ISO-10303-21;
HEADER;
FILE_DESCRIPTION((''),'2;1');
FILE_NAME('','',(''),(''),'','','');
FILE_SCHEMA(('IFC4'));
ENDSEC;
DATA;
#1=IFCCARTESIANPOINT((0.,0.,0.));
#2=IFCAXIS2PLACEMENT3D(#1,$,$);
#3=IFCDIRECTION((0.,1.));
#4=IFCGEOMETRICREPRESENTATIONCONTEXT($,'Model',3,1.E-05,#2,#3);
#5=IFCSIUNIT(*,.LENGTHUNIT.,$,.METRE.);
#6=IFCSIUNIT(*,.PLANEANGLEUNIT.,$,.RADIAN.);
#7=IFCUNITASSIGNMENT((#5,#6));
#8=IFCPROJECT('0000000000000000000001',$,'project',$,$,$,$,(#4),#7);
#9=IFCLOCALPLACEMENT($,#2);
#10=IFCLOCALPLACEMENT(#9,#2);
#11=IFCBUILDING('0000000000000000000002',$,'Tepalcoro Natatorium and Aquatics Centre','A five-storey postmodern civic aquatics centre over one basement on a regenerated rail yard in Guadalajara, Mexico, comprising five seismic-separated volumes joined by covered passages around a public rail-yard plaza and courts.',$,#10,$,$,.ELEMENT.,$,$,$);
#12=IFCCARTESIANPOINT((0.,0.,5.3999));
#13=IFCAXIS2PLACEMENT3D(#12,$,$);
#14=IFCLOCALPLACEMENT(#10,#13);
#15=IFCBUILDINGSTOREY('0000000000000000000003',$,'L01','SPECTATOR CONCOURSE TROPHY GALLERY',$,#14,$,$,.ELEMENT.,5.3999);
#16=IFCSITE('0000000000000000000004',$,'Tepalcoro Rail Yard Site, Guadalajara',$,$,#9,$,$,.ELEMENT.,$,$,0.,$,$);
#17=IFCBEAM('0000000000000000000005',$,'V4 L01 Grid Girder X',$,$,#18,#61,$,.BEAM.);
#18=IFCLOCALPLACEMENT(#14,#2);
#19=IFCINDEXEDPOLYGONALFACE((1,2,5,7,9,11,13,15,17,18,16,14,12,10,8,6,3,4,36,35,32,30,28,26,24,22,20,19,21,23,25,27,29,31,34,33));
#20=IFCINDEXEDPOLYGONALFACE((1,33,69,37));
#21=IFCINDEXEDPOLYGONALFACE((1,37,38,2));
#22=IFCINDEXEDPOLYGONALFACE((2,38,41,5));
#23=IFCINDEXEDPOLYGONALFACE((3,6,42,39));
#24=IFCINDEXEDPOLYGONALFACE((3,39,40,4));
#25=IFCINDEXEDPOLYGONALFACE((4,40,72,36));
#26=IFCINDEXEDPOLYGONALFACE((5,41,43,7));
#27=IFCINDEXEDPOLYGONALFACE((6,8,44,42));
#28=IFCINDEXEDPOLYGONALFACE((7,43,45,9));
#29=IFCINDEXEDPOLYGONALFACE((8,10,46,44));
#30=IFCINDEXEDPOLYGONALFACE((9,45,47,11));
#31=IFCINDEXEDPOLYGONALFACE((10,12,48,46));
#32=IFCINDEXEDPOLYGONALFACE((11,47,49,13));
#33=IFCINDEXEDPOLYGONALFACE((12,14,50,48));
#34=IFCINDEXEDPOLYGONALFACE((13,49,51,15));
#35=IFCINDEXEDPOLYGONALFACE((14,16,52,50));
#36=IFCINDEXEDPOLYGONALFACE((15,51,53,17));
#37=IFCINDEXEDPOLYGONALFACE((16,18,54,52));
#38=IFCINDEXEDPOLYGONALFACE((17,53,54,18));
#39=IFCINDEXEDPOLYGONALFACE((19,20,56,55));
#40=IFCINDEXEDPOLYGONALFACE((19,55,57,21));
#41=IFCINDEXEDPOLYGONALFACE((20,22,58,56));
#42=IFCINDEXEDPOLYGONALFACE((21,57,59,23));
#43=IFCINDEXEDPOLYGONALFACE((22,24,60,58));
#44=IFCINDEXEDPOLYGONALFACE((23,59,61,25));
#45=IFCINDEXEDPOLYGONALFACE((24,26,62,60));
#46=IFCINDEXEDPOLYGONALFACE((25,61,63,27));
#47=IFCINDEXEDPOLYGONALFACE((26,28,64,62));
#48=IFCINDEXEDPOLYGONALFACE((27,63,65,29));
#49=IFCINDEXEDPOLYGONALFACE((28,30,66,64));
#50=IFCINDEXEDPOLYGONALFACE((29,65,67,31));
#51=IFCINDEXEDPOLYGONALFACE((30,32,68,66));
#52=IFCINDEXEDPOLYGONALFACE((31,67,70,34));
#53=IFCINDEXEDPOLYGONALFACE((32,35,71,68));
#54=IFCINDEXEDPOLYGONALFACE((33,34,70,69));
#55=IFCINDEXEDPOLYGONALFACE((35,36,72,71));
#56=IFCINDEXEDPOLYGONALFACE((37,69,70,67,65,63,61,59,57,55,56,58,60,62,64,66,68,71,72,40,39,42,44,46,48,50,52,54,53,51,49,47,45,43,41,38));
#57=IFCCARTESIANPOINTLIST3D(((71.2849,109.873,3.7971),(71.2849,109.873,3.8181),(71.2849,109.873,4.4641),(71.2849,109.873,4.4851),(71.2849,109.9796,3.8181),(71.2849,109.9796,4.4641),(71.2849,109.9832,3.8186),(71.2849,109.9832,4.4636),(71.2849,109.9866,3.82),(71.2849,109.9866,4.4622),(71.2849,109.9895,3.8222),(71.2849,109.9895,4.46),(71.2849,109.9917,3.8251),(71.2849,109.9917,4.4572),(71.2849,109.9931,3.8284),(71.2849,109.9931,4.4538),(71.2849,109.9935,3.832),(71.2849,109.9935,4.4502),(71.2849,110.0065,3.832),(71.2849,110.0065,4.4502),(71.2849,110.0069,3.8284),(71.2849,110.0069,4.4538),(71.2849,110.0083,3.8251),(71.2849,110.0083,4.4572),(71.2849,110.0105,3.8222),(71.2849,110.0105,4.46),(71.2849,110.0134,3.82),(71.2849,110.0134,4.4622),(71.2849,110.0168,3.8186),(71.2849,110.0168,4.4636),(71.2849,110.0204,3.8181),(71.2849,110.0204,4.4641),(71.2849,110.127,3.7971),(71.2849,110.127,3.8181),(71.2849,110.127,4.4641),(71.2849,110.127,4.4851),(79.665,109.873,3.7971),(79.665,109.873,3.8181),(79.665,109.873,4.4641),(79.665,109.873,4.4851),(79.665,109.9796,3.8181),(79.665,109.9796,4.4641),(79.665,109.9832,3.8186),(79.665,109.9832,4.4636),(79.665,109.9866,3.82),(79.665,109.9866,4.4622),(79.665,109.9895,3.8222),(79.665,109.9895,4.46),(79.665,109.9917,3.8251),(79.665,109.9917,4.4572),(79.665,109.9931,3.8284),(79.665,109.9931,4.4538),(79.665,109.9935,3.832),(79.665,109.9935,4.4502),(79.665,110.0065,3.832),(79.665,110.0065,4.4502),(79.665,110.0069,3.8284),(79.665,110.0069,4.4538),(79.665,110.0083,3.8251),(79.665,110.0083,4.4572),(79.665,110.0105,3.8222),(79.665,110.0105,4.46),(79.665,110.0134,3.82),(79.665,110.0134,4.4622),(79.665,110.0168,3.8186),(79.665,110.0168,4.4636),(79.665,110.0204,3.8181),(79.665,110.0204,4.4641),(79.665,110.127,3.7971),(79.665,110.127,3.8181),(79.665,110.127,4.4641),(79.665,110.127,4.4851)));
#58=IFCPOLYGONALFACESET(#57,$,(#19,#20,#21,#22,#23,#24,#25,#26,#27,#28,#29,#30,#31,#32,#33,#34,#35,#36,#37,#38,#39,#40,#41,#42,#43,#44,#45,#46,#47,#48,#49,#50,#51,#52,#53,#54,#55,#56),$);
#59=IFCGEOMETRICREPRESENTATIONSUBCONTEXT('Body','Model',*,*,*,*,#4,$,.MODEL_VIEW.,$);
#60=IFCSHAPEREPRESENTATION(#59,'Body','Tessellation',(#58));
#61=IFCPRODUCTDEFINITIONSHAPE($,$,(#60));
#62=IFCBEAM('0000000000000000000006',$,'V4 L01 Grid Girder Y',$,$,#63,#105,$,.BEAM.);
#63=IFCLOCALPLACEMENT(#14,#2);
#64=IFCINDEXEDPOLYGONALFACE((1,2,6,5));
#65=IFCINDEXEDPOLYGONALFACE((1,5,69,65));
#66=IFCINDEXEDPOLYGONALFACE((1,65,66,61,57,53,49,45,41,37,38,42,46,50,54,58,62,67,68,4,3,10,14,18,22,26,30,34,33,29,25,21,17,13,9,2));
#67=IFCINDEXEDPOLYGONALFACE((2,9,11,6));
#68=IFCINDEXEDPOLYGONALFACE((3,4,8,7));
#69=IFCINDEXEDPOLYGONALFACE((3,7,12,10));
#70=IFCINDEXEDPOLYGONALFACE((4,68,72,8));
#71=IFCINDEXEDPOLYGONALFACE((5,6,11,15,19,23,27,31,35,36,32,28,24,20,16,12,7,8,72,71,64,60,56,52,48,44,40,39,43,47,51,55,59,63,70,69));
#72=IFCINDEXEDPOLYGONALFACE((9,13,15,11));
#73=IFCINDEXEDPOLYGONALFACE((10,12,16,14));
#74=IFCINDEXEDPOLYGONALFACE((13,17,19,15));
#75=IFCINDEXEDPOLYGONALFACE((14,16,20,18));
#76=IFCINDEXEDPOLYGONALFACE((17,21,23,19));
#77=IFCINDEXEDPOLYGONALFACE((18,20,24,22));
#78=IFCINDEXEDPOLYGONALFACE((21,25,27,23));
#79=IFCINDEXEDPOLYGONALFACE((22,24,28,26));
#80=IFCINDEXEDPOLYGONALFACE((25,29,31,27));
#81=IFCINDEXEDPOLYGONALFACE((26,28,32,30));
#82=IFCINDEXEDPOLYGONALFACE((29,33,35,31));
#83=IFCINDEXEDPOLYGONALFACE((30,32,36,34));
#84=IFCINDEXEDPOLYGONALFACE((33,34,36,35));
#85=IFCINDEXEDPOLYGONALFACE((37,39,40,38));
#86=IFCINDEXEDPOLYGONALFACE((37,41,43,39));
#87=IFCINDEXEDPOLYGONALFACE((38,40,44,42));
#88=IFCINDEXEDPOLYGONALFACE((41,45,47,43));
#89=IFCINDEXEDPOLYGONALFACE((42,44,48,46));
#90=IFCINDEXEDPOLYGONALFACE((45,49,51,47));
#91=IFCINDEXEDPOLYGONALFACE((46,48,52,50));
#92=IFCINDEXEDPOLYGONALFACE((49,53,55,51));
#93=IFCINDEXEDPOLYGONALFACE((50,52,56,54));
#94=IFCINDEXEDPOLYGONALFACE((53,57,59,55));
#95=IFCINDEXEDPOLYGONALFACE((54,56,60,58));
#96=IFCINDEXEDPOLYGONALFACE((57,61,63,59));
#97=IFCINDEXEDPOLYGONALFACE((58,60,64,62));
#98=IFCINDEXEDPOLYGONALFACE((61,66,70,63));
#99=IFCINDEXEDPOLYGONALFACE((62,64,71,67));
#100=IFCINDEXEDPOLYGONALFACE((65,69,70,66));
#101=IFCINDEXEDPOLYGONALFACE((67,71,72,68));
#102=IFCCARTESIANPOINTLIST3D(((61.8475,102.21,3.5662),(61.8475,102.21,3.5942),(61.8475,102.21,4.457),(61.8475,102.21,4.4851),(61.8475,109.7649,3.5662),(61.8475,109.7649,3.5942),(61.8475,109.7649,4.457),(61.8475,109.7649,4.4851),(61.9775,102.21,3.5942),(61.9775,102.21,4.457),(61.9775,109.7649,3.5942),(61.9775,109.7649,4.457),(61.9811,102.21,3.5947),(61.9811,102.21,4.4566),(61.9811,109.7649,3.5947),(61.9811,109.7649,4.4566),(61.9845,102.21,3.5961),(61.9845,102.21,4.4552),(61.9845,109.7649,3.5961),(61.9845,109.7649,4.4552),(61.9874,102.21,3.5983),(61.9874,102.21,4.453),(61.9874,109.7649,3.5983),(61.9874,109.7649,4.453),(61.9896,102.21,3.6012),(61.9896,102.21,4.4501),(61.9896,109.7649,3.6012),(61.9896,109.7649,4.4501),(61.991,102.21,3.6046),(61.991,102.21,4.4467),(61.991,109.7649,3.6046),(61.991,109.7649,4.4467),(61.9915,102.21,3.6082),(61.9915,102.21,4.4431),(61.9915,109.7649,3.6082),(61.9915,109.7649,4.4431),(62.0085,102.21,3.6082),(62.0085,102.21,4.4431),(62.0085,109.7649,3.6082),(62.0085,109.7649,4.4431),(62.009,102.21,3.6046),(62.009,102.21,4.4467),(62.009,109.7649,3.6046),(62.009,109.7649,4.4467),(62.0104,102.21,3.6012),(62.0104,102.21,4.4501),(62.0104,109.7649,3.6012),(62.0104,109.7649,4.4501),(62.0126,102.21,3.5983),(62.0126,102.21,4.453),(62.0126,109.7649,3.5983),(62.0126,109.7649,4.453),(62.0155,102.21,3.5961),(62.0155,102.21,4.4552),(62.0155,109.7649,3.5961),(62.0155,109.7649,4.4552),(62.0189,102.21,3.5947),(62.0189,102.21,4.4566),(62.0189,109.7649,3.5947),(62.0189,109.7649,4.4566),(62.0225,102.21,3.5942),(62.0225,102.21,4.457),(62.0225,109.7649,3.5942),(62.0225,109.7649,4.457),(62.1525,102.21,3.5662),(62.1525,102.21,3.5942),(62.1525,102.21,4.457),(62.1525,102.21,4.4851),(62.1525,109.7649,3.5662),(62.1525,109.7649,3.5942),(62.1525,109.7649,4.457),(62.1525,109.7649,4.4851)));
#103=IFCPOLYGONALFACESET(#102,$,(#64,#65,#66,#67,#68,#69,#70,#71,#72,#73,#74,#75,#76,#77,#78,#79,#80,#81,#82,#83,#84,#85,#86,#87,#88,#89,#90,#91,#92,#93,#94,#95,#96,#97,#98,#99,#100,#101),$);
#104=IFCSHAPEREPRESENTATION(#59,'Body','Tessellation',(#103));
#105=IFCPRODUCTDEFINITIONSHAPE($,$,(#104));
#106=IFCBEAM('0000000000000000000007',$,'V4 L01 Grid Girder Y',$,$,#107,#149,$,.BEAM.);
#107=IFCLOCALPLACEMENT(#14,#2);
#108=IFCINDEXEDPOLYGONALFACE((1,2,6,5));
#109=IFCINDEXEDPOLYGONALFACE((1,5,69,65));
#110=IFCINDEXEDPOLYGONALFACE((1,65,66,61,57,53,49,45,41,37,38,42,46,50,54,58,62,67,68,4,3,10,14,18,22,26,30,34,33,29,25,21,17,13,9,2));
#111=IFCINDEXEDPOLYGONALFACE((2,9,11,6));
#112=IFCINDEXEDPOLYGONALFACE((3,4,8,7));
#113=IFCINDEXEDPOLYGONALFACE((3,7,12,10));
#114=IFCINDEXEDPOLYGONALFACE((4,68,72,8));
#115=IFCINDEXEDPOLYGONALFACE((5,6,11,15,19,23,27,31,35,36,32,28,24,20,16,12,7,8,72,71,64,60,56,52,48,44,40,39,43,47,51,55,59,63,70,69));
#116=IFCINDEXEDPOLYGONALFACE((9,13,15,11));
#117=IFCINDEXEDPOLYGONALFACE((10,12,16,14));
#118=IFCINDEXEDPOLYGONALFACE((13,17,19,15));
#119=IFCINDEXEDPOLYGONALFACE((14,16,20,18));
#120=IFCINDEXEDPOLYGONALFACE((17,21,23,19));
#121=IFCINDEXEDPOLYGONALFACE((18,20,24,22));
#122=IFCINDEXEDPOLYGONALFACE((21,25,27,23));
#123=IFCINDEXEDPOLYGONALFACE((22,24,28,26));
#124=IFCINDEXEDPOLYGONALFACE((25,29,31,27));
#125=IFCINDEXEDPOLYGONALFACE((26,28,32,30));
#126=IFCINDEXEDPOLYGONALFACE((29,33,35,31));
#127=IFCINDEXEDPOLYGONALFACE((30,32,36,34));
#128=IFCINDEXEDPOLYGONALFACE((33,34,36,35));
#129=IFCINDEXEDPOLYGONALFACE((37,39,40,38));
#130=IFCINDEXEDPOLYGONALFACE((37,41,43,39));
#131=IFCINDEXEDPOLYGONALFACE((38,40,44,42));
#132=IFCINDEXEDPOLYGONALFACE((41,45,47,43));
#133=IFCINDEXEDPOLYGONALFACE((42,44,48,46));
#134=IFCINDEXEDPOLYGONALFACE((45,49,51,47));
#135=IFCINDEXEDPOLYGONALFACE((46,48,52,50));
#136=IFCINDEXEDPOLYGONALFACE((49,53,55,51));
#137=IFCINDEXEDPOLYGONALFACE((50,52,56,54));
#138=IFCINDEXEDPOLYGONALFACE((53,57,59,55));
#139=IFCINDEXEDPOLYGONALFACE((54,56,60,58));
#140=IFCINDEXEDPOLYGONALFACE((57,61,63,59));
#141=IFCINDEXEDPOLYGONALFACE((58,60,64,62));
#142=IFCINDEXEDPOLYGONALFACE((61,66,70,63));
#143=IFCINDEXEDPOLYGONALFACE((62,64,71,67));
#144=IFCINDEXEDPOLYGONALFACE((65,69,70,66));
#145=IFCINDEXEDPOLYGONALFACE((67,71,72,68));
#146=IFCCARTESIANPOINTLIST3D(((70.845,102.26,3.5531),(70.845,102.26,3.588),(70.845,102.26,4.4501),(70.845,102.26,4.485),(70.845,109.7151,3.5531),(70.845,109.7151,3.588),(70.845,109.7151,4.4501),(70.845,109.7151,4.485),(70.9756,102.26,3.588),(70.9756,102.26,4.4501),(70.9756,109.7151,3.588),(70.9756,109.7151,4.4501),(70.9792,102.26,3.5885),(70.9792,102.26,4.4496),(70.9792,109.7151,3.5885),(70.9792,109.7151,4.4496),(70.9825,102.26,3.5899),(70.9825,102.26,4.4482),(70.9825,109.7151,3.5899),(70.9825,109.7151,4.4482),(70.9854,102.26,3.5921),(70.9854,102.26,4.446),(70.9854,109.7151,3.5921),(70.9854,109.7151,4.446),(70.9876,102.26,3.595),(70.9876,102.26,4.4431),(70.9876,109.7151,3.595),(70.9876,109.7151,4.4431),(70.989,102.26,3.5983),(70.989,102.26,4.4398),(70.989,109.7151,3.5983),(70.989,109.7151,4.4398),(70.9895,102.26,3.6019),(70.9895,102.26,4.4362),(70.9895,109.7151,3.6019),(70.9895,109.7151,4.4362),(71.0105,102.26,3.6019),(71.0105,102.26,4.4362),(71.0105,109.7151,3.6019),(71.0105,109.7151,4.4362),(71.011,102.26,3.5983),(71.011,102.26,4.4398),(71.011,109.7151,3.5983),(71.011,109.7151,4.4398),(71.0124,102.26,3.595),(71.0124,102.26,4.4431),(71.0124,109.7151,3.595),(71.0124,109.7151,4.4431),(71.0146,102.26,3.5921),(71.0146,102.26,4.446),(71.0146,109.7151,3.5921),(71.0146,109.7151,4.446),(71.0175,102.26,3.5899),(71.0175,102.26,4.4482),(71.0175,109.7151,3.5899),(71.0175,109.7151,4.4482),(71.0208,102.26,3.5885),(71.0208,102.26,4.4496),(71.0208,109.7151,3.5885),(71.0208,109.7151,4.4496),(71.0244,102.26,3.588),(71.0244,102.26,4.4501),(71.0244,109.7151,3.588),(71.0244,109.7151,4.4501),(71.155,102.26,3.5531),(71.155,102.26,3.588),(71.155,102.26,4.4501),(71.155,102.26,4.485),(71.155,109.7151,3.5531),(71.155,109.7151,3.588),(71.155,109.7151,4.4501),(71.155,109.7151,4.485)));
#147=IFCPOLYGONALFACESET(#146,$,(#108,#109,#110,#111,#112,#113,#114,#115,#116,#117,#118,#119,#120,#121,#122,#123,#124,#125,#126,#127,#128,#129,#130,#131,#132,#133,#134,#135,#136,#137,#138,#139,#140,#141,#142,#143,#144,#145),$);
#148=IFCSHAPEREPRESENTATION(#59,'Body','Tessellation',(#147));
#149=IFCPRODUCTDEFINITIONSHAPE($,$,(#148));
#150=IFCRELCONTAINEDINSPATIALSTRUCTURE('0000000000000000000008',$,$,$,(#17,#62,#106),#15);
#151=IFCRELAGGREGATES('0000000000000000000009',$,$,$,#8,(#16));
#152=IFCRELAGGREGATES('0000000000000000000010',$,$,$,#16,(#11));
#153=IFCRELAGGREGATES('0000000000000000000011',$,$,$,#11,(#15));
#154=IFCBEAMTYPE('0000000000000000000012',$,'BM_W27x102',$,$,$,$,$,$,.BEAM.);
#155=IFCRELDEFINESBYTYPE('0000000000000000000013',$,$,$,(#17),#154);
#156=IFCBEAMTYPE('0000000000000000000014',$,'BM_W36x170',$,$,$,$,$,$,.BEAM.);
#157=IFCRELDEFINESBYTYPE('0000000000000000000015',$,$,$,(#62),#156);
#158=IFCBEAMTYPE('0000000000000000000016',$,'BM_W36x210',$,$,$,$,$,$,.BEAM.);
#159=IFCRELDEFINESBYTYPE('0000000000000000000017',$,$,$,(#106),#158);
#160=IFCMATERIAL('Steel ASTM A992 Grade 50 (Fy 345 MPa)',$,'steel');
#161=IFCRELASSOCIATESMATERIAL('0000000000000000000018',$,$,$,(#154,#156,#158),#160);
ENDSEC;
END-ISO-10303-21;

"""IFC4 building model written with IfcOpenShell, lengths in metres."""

from ifc_helpers import new_model, si_unit, direction, frame, origin, origin_2d, place, context, subcontext, project, spatial, i_section, extrude, material, material_profile, profile_set, type_object, element, save


model = new_model("IFC4")

# Units and contexts
model_context = context("Model", 3, precision=1e-05, world=origin(), true_north=direction((0.0, 1.0)))
body_context = subcontext(model_context, "Body", "Model", "MODEL_VIEW")
ifc_project = project(units=[si_unit("LENGTHUNIT", "METRE"), si_unit("PLANEANGLEUNIT", "RADIAN")], contexts=[model_context])

# Site, building, storey
site_placement = place(None, origin())
site = spatial("IfcSite", under=ifc_project, at=site_placement, Name="Tepalcoro Rail Yard Site, Guadalajara", CompositionType="ELEMENT", RefElevation=0.0)
building_placement = place(site_placement, origin())
building = spatial("IfcBuilding", under=site, at=building_placement, Name="Tepalcoro Natatorium and Aquatics Centre", Description="A five-storey postmodern civic aquatics centre over one basement on a regenerated rail yard in Guadalajara, Mexico, comprising five seismic-separated volumes joined by covered passages around a public rail-yard plaza and courts.", CompositionType="ELEMENT")
storey_placement = place(building_placement, frame((0.0, 0.0, 5.3999)))
storey = spatial("IfcBuildingStorey", under=building, at=storey_placement, Name="L01", Description="SPECTATOR CONCOURSE TROPHY GALLERY", CompositionType="ELEMENT", Elevation=5.3999)

# Beams
ifc_material_1 = material(Name="Steel ASTM A992 Grade 50 (Fy 345 MPa)", Category="steel")
ifc_material_profile_1 = material_profile(ifc_material_1, i_section(OverallWidth=0.2539, OverallDepth=0.688, WebThickness=0.0129, FlangeThickness=0.021, FilletRadius=0.0139, at=origin_2d()), Name="W27X102")
ifc_profile_set_1 = profile_set([ifc_material_profile_1], Name="Steel ASTM A992 Grade 50 (Fy 345 MPa)")
beam_type_1 = type_object("IfcBeamType", Name="BM_W27x102", PredefinedType="BEAM", material=ifc_profile_set_1)
beam_1_placement = place(storey_placement, frame((71.2849, 110.0, 4.1411), z_axis=(1.0, 0.0, 0.0), x_axis=(0.0, 1.0, 0.0)))
element("IfcBeam", 1, at=beam_1_placement, inside=storey, type_object=beam_type_1, Name="V4 L01 Grid Girder X", PredefinedType="BEAM", context=body_context, shape_type="SweptSolid", body=[
    extrude(i_section(OverallWidth=0.2539, OverallDepth=0.688, WebThickness=0.0129, FlangeThickness=0.021, FilletRadius=0.0139, at=origin_2d()), origin(), (0.0, 0.0, 1.0), 8.3801),
])
ifc_material_profile_2 = material_profile(ifc_material_1, i_section(OverallWidth=0.3049, OverallDepth=0.9189, WebThickness=0.0171, FlangeThickness=0.0281, FilletRadius=0.0139, at=origin_2d()), Name="W36X170")
ifc_profile_set_2 = profile_set([ifc_material_profile_2], Name="Steel ASTM A992 Grade 50 (Fy 345 MPa)")
beam_type_2 = type_object("IfcBeamType", Name="BM_W36x170", PredefinedType="BEAM", material=ifc_profile_set_2)
beam_2_placement = place(storey_placement, frame((62.0, 102.21, 4.0256), z_axis=(0.0, 1.0, 0.0), x_axis=(-1.0, 0.0, 0.0)))
element("IfcBeam", 2, at=beam_2_placement, inside=storey, type_object=beam_type_2, Name="V4 L01 Grid Girder Y", PredefinedType="BEAM", context=body_context, shape_type="SweptSolid", body=[
    extrude(i_section(OverallWidth=0.3049, OverallDepth=0.9189, WebThickness=0.0171, FlangeThickness=0.0281, FilletRadius=0.0139, at=origin_2d()), origin(), (0.0, 0.0, 1.0), 7.5549),
])
ifc_material_profile_3 = material_profile(ifc_material_1, i_section(OverallWidth=0.3101, OverallDepth=0.9319, WebThickness=0.021, FlangeThickness=0.0349, FilletRadius=0.0139, at=origin_2d()), Name="W36X210")
ifc_profile_set_3 = profile_set([ifc_material_profile_3], Name="Steel ASTM A992 Grade 50 (Fy 345 MPa)")
beam_type_3 = type_object("IfcBeamType", Name="BM_W36x210", PredefinedType="BEAM", material=ifc_profile_set_3)
beam_3_placement = place(storey_placement, frame((71.0, 102.26, 4.019), z_axis=(0.0, 1.0, 0.0), x_axis=(-1.0, 0.0, 0.0)))
element("IfcBeam", 3, at=beam_3_placement, inside=storey, type_object=beam_type_3, Name="V4 L01 Grid Girder Y", PredefinedType="BEAM", context=body_context, shape_type="SweptSolid", body=[
    extrude(i_section(OverallWidth=0.3101, OverallDepth=0.9319, WebThickness=0.021, FlangeThickness=0.0349, FilletRadius=0.0139, at=origin_2d()), origin(), (0.0, 0.0, 1.0), 7.4551),
])

save(model, "model.ifc")
